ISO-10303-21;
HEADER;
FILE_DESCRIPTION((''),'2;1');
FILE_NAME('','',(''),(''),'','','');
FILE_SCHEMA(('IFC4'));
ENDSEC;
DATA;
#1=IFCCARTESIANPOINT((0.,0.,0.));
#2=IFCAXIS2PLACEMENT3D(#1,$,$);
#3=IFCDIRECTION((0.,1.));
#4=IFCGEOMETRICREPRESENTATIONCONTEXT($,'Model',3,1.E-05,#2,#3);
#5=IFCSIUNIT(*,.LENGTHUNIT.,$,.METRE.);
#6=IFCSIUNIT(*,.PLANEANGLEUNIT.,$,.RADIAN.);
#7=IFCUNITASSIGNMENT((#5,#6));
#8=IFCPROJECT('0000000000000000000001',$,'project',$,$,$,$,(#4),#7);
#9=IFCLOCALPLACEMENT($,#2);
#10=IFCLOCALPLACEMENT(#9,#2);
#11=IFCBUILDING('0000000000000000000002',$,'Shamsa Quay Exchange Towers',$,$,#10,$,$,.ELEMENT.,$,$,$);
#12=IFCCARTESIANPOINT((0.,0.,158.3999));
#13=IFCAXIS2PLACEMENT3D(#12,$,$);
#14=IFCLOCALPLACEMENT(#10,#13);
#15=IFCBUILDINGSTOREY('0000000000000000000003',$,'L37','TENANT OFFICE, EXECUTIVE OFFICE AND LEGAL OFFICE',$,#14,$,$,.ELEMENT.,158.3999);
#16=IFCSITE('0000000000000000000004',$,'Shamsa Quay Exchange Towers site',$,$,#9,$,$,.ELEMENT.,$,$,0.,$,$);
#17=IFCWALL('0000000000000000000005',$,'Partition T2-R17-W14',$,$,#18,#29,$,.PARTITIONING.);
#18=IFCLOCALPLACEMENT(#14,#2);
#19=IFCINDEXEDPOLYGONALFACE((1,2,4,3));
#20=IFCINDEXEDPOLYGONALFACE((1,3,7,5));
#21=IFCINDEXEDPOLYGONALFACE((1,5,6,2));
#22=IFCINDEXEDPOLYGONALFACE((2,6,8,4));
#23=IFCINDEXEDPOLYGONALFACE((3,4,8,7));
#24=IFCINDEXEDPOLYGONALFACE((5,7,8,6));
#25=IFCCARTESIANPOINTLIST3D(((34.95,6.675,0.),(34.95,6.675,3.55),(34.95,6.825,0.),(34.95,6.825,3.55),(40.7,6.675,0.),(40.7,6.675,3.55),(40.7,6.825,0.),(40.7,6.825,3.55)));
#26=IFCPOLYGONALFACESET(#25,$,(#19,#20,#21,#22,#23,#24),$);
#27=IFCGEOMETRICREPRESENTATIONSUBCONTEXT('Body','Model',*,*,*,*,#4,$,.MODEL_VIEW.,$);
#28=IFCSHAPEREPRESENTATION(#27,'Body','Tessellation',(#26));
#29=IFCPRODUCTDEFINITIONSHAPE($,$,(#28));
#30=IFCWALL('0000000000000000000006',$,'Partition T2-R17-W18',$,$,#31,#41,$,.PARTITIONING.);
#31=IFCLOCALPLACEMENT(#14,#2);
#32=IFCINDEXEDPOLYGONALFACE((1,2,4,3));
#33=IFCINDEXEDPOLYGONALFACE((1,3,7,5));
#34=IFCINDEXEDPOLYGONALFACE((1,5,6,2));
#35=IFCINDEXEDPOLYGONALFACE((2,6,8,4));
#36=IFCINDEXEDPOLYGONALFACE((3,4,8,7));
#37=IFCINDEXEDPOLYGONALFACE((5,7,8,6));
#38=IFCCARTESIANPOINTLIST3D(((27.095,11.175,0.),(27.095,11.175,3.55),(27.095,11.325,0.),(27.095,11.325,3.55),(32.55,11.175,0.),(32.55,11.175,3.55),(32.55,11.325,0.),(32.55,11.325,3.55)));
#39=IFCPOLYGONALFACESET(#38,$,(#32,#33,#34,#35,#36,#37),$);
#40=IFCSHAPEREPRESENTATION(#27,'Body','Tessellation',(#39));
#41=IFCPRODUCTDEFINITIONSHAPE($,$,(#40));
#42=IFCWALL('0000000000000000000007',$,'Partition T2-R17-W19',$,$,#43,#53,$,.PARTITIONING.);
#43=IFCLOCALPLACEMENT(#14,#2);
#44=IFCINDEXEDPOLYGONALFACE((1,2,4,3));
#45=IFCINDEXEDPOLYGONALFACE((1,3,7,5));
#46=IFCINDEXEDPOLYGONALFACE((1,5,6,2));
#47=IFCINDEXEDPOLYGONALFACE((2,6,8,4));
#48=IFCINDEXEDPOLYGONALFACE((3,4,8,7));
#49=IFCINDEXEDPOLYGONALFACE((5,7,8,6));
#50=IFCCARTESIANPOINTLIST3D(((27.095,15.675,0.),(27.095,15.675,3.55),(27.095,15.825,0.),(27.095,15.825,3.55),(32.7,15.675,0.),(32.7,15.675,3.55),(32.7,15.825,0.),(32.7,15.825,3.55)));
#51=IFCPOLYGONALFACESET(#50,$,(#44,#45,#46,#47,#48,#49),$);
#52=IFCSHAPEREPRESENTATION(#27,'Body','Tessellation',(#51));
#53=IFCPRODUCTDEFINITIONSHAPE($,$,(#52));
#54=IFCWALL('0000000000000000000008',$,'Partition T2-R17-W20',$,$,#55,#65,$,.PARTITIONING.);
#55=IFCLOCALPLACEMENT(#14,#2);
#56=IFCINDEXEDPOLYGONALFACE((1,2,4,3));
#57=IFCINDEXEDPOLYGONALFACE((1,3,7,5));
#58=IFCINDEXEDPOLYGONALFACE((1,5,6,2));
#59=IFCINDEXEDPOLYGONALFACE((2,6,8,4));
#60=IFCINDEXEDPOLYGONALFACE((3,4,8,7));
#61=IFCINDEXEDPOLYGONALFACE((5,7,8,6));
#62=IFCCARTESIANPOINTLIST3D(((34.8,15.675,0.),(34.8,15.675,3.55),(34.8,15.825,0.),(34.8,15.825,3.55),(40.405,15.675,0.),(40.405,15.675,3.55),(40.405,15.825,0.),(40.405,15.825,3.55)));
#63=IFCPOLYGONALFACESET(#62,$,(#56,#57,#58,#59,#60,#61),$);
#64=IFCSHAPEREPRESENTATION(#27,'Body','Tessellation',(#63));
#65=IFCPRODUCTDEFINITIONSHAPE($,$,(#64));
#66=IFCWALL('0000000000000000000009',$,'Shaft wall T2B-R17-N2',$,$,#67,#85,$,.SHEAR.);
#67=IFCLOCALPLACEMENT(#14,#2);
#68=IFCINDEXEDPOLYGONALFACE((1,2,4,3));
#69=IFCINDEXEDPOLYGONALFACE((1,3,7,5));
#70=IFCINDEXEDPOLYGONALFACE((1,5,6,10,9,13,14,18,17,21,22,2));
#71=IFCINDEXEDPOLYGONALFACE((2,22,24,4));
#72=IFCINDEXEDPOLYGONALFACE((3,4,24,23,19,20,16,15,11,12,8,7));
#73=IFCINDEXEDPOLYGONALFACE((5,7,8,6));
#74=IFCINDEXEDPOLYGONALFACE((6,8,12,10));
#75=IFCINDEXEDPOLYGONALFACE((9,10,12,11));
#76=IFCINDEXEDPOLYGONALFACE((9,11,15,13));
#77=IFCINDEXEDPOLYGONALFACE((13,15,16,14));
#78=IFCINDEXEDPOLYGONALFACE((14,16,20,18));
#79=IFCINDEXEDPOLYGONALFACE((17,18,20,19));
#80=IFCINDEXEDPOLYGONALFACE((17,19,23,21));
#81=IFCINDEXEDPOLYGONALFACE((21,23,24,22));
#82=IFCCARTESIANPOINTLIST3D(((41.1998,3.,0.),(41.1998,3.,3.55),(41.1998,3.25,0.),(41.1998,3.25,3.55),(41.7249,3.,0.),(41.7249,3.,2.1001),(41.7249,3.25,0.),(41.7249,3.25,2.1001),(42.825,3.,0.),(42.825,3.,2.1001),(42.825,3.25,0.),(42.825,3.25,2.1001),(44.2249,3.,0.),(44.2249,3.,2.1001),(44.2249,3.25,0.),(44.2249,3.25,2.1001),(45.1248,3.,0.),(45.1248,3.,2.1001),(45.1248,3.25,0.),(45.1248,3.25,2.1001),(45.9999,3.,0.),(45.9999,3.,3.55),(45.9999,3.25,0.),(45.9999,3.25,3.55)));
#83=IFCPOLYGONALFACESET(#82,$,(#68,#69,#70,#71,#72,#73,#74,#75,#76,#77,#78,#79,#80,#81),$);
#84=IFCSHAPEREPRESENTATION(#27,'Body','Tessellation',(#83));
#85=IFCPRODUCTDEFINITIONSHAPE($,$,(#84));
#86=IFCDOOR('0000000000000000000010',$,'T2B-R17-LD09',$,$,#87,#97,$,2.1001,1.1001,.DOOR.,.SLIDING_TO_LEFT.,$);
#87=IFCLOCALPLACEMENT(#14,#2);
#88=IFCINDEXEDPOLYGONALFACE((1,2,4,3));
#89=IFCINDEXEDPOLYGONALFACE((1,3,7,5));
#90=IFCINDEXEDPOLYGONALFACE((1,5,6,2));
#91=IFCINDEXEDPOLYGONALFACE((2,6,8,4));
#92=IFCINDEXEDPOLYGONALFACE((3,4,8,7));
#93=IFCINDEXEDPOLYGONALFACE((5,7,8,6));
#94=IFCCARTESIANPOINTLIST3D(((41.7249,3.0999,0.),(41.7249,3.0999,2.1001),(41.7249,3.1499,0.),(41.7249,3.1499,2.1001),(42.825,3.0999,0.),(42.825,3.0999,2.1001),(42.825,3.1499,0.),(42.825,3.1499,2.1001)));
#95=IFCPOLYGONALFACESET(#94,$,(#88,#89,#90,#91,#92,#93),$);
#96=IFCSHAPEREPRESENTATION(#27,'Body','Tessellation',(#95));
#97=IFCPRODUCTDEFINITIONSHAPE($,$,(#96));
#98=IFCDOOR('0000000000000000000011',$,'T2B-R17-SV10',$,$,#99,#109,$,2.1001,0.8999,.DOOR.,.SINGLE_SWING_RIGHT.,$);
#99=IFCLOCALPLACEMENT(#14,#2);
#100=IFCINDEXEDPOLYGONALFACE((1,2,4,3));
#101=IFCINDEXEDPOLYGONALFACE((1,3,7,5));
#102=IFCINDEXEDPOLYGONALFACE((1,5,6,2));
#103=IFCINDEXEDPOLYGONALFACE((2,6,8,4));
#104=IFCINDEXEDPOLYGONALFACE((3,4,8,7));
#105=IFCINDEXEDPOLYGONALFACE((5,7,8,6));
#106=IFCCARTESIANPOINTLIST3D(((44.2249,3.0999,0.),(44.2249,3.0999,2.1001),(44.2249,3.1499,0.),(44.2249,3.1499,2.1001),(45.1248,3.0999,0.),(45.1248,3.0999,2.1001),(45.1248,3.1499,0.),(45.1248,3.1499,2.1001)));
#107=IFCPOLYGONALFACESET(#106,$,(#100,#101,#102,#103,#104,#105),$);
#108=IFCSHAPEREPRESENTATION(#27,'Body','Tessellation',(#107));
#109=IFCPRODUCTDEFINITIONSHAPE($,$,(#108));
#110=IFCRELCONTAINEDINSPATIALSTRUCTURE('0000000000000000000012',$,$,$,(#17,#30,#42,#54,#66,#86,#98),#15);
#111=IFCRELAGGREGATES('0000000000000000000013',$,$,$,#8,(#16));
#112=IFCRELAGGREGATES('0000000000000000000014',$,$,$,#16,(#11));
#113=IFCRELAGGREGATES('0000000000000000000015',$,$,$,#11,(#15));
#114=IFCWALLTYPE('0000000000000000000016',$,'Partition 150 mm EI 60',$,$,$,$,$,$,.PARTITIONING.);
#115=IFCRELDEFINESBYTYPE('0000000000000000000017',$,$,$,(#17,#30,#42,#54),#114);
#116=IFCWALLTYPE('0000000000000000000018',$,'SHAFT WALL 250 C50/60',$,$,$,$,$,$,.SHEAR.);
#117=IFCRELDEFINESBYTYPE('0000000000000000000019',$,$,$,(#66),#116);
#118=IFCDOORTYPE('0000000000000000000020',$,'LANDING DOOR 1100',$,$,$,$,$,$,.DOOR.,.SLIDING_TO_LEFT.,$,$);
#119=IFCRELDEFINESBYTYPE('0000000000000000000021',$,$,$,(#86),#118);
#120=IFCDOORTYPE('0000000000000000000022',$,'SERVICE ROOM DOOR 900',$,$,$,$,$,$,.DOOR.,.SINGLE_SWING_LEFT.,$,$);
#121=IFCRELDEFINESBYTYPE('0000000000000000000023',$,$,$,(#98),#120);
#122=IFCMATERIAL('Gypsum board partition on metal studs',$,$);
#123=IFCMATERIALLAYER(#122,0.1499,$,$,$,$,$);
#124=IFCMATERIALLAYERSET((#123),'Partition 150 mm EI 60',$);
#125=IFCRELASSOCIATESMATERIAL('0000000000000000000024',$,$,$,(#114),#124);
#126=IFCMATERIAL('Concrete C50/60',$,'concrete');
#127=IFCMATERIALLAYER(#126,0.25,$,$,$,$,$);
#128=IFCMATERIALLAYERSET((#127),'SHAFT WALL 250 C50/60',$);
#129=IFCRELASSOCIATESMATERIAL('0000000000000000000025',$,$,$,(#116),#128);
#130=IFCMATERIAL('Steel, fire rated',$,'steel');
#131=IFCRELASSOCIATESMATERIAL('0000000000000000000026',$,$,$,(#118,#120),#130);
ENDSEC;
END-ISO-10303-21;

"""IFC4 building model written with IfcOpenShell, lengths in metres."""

from ifc_helpers import new_model, si_unit, direction, frame, frame_2d, origin, place, context, subcontext, project, spatial, rectangle, extrude, material, layer, layer_set, type_object, element, fill, save


model = new_model("IFC4")

# Units and contexts
model_context = context("Model", 3, precision=1e-05, world=origin(), true_north=direction((0.0, 1.0)))
body_context = subcontext(model_context, "Body", "Model", "MODEL_VIEW")
ifc_project = project(units=[si_unit("LENGTHUNIT", "METRE"), si_unit("PLANEANGLEUNIT", "RADIAN")], contexts=[model_context])

# Site, building, storey
site_placement = place(None, origin())
site = spatial("IfcSite", under=ifc_project, at=site_placement, Name="Shamsa Quay Exchange Towers site", CompositionType="ELEMENT", RefElevation=0.0)
building_placement = place(site_placement, origin())
building = spatial("IfcBuilding", under=site, at=building_placement, Name="Shamsa Quay Exchange Towers", CompositionType="ELEMENT")
storey_placement = place(building_placement, frame((0.0, 0.0, 158.3999)))
storey = spatial("IfcBuildingStorey", under=building, at=storey_placement, Name="L37", Description="TENANT OFFICE, EXECUTIVE OFFICE AND LEGAL OFFICE", CompositionType="ELEMENT", Elevation=158.3999)

# Shared definitions
ifc_material_1 = material(Name="Gypsum board partition on metal studs")
ifc_layer_1 = layer(ifc_material_1, 0.1499)
ifc_layer_set_1 = layer_set([ifc_layer_1], Name="Partition 150 mm EI 60")
wall_type_1 = type_object("IfcWallType", Name="Partition 150 mm EI 60", PredefinedType="PARTITIONING", material=ifc_layer_set_1)

# Walls
wall_1_placement = place(storey_placement, frame((40.7, 6.75, 0.0), z_axis=(0.0, 0.0, 1.0), x_axis=(-1.0, 0.0, 0.0)))
element("IfcWall", 1, at=wall_1_placement, inside=storey, type_object=wall_type_1, Name="Partition T2-R17-W14", PredefinedType="PARTITIONING", context=body_context, shape_type="SweptSolid", body=[
    extrude(rectangle(XDim=5.75, YDim=0.1499, at=frame_2d((2.875, 0.0))), origin(), (0.0, 0.0, 1.0), 3.55),
])
wall_2_placement = place(storey_placement, frame((32.55, 11.25, 0.0), z_axis=(0.0, 0.0, 1.0), x_axis=(-1.0, 0.0, 0.0)))
element("IfcWall", 2, at=wall_2_placement, inside=storey, type_object=wall_type_1, Name="Partition T2-R17-W18", PredefinedType="PARTITIONING", context=body_context, shape_type="SweptSolid", body=[
    extrude(rectangle(XDim=5.4551, YDim=0.1499, at=frame_2d((2.7275, 0.0))), origin(), (0.0, 0.0, 1.0), 3.55),
])
for number, where, z_axis, x_axis, name in (
    (3, (32.7, 15.75, 0.0), (0.0, 0.0, 1.0), (-1.0, 0.0, 0.0), "Partition T2-R17-W19"),
    (4, (40.405, 15.75, 0.0), (0.0, 0.0, 1.0), (-1.0, 0.0, 0.0), "Partition T2-R17-W20"),
):
    element("IfcWall", number, at=place(storey_placement, frame(where, z_axis=z_axis, x_axis=x_axis)), inside=storey, type_object=wall_type_1, Name=name, PredefinedType="PARTITIONING", context=body_context, shape_type="SweptSolid", body=[
        extrude(rectangle(XDim=5.605, YDim=0.1499, at=frame_2d((2.8025, 0.0))), origin(), (0.0, 0.0, 1.0), 3.55),
    ])

# Wall, openings, doors
ifc_material_2 = material(Name="Concrete C50/60", Category="concrete")
ifc_layer_2 = layer(ifc_material_2, 0.25)
ifc_layer_set_2 = layer_set([ifc_layer_2], Name="SHAFT WALL 250 C50/60")
wall_type_2 = type_object("IfcWallType", Name="SHAFT WALL 250 C50/60", PredefinedType="SHEAR", material=ifc_layer_set_2)
wall_3_placement = place(storey_placement, frame((41.2, 3.125, 0.0)))
wall_3 = element("IfcWall", 5, at=wall_3_placement, inside=storey, type_object=wall_type_2, Name="Shaft wall T2B-R17-N2", PredefinedType="SHEAR", context=body_context, shape_type="SweptSolid", body=[
    extrude(rectangle(XDim=4.8, YDim=0.25, at=frame_2d((2.3999, 0.0))), origin(), (0.0, 0.0, 1.0), 3.55),
])
opening_1_placement = place(wall_3_placement, frame((0.5249, 0.0, 0.0)))
opening_1 = element("IfcOpeningElement", 6, at=opening_1_placement, cuts=wall_3, PredefinedType="OPENING", context=body_context, shape_type="SweptSolid", body=[
    extrude(rectangle(XDim=1.1001, YDim=2.1001, at=frame_2d((0.55, 1.05))), frame((0.0, 0.135, 0.0), z_axis=(0.0, -1.0, 0.0), x_axis=(1.0, 0.0, 0.0)), (0.0, 0.0, 1.0), 0.27),
])
opening_2_placement = place(wall_3_placement, frame((3.0249, 0.0, 0.0)))
opening_2 = element("IfcOpeningElement", 7, at=opening_2_placement, cuts=wall_3, PredefinedType="OPENING", context=body_context, shape_type="SweptSolid", body=[
    extrude(rectangle(XDim=0.8999, YDim=2.1001, at=frame_2d((0.45, 1.05))), frame((0.0, 0.135, 0.0), z_axis=(0.0, -1.0, 0.0), x_axis=(1.0, 0.0, 0.0)), (0.0, 0.0, 1.0), 0.27),
])
ifc_material_3 = material(Name="Steel, fire rated", Category="steel")
door_type_1 = type_object("IfcDoorType", Name="LANDING DOOR 1100", OperationType="SLIDING_TO_LEFT", PredefinedType="DOOR", material=ifc_material_3)
door_1_placement = place(opening_1_placement, origin())
door_1 = element("IfcDoor", 8, at=door_1_placement, inside=storey, type_object=door_type_1, Name="T2B-R17-LD09", OperationType="SLIDING_TO_LEFT", OverallHeight=2.1001, OverallWidth=1.1001, PredefinedType="DOOR", context=body_context, shape_type="SweptSolid", body=[
    extrude(rectangle(XDim=1.1001, YDim=2.1001, at=frame_2d((0.55, 1.05))), frame((0.0, 0.0249, 0.0), z_axis=(0.0, -1.0, 0.0), x_axis=(1.0, 0.0, 0.0)), (0.0, 0.0, 1.0), 0.05),
])
fill(opening_1, door_1)
door_type_2 = type_object("IfcDoorType", Name="SERVICE ROOM DOOR 900", OperationType="SINGLE_SWING_LEFT", PredefinedType="DOOR", material=ifc_material_3)
door_2_placement = place(opening_2_placement, origin())
door_2 = element("IfcDoor", 9, at=door_2_placement, inside=storey, type_object=door_type_2, Name="T2B-R17-SV10", OperationType="SINGLE_SWING_RIGHT", OverallHeight=2.1001, OverallWidth=0.8999, PredefinedType="DOOR", context=body_context, shape_type="SweptSolid", body=[
    extrude(rectangle(XDim=0.8999, YDim=2.1001, at=frame_2d((0.45, 1.05))), frame((0.0, 0.0249, 0.0), z_axis=(0.0, -1.0, 0.0), x_axis=(1.0, 0.0, 0.0)), (0.0, 0.0, 1.0), 0.05),
])
fill(opening_2, door_2)

save(model, "model.ifc")
